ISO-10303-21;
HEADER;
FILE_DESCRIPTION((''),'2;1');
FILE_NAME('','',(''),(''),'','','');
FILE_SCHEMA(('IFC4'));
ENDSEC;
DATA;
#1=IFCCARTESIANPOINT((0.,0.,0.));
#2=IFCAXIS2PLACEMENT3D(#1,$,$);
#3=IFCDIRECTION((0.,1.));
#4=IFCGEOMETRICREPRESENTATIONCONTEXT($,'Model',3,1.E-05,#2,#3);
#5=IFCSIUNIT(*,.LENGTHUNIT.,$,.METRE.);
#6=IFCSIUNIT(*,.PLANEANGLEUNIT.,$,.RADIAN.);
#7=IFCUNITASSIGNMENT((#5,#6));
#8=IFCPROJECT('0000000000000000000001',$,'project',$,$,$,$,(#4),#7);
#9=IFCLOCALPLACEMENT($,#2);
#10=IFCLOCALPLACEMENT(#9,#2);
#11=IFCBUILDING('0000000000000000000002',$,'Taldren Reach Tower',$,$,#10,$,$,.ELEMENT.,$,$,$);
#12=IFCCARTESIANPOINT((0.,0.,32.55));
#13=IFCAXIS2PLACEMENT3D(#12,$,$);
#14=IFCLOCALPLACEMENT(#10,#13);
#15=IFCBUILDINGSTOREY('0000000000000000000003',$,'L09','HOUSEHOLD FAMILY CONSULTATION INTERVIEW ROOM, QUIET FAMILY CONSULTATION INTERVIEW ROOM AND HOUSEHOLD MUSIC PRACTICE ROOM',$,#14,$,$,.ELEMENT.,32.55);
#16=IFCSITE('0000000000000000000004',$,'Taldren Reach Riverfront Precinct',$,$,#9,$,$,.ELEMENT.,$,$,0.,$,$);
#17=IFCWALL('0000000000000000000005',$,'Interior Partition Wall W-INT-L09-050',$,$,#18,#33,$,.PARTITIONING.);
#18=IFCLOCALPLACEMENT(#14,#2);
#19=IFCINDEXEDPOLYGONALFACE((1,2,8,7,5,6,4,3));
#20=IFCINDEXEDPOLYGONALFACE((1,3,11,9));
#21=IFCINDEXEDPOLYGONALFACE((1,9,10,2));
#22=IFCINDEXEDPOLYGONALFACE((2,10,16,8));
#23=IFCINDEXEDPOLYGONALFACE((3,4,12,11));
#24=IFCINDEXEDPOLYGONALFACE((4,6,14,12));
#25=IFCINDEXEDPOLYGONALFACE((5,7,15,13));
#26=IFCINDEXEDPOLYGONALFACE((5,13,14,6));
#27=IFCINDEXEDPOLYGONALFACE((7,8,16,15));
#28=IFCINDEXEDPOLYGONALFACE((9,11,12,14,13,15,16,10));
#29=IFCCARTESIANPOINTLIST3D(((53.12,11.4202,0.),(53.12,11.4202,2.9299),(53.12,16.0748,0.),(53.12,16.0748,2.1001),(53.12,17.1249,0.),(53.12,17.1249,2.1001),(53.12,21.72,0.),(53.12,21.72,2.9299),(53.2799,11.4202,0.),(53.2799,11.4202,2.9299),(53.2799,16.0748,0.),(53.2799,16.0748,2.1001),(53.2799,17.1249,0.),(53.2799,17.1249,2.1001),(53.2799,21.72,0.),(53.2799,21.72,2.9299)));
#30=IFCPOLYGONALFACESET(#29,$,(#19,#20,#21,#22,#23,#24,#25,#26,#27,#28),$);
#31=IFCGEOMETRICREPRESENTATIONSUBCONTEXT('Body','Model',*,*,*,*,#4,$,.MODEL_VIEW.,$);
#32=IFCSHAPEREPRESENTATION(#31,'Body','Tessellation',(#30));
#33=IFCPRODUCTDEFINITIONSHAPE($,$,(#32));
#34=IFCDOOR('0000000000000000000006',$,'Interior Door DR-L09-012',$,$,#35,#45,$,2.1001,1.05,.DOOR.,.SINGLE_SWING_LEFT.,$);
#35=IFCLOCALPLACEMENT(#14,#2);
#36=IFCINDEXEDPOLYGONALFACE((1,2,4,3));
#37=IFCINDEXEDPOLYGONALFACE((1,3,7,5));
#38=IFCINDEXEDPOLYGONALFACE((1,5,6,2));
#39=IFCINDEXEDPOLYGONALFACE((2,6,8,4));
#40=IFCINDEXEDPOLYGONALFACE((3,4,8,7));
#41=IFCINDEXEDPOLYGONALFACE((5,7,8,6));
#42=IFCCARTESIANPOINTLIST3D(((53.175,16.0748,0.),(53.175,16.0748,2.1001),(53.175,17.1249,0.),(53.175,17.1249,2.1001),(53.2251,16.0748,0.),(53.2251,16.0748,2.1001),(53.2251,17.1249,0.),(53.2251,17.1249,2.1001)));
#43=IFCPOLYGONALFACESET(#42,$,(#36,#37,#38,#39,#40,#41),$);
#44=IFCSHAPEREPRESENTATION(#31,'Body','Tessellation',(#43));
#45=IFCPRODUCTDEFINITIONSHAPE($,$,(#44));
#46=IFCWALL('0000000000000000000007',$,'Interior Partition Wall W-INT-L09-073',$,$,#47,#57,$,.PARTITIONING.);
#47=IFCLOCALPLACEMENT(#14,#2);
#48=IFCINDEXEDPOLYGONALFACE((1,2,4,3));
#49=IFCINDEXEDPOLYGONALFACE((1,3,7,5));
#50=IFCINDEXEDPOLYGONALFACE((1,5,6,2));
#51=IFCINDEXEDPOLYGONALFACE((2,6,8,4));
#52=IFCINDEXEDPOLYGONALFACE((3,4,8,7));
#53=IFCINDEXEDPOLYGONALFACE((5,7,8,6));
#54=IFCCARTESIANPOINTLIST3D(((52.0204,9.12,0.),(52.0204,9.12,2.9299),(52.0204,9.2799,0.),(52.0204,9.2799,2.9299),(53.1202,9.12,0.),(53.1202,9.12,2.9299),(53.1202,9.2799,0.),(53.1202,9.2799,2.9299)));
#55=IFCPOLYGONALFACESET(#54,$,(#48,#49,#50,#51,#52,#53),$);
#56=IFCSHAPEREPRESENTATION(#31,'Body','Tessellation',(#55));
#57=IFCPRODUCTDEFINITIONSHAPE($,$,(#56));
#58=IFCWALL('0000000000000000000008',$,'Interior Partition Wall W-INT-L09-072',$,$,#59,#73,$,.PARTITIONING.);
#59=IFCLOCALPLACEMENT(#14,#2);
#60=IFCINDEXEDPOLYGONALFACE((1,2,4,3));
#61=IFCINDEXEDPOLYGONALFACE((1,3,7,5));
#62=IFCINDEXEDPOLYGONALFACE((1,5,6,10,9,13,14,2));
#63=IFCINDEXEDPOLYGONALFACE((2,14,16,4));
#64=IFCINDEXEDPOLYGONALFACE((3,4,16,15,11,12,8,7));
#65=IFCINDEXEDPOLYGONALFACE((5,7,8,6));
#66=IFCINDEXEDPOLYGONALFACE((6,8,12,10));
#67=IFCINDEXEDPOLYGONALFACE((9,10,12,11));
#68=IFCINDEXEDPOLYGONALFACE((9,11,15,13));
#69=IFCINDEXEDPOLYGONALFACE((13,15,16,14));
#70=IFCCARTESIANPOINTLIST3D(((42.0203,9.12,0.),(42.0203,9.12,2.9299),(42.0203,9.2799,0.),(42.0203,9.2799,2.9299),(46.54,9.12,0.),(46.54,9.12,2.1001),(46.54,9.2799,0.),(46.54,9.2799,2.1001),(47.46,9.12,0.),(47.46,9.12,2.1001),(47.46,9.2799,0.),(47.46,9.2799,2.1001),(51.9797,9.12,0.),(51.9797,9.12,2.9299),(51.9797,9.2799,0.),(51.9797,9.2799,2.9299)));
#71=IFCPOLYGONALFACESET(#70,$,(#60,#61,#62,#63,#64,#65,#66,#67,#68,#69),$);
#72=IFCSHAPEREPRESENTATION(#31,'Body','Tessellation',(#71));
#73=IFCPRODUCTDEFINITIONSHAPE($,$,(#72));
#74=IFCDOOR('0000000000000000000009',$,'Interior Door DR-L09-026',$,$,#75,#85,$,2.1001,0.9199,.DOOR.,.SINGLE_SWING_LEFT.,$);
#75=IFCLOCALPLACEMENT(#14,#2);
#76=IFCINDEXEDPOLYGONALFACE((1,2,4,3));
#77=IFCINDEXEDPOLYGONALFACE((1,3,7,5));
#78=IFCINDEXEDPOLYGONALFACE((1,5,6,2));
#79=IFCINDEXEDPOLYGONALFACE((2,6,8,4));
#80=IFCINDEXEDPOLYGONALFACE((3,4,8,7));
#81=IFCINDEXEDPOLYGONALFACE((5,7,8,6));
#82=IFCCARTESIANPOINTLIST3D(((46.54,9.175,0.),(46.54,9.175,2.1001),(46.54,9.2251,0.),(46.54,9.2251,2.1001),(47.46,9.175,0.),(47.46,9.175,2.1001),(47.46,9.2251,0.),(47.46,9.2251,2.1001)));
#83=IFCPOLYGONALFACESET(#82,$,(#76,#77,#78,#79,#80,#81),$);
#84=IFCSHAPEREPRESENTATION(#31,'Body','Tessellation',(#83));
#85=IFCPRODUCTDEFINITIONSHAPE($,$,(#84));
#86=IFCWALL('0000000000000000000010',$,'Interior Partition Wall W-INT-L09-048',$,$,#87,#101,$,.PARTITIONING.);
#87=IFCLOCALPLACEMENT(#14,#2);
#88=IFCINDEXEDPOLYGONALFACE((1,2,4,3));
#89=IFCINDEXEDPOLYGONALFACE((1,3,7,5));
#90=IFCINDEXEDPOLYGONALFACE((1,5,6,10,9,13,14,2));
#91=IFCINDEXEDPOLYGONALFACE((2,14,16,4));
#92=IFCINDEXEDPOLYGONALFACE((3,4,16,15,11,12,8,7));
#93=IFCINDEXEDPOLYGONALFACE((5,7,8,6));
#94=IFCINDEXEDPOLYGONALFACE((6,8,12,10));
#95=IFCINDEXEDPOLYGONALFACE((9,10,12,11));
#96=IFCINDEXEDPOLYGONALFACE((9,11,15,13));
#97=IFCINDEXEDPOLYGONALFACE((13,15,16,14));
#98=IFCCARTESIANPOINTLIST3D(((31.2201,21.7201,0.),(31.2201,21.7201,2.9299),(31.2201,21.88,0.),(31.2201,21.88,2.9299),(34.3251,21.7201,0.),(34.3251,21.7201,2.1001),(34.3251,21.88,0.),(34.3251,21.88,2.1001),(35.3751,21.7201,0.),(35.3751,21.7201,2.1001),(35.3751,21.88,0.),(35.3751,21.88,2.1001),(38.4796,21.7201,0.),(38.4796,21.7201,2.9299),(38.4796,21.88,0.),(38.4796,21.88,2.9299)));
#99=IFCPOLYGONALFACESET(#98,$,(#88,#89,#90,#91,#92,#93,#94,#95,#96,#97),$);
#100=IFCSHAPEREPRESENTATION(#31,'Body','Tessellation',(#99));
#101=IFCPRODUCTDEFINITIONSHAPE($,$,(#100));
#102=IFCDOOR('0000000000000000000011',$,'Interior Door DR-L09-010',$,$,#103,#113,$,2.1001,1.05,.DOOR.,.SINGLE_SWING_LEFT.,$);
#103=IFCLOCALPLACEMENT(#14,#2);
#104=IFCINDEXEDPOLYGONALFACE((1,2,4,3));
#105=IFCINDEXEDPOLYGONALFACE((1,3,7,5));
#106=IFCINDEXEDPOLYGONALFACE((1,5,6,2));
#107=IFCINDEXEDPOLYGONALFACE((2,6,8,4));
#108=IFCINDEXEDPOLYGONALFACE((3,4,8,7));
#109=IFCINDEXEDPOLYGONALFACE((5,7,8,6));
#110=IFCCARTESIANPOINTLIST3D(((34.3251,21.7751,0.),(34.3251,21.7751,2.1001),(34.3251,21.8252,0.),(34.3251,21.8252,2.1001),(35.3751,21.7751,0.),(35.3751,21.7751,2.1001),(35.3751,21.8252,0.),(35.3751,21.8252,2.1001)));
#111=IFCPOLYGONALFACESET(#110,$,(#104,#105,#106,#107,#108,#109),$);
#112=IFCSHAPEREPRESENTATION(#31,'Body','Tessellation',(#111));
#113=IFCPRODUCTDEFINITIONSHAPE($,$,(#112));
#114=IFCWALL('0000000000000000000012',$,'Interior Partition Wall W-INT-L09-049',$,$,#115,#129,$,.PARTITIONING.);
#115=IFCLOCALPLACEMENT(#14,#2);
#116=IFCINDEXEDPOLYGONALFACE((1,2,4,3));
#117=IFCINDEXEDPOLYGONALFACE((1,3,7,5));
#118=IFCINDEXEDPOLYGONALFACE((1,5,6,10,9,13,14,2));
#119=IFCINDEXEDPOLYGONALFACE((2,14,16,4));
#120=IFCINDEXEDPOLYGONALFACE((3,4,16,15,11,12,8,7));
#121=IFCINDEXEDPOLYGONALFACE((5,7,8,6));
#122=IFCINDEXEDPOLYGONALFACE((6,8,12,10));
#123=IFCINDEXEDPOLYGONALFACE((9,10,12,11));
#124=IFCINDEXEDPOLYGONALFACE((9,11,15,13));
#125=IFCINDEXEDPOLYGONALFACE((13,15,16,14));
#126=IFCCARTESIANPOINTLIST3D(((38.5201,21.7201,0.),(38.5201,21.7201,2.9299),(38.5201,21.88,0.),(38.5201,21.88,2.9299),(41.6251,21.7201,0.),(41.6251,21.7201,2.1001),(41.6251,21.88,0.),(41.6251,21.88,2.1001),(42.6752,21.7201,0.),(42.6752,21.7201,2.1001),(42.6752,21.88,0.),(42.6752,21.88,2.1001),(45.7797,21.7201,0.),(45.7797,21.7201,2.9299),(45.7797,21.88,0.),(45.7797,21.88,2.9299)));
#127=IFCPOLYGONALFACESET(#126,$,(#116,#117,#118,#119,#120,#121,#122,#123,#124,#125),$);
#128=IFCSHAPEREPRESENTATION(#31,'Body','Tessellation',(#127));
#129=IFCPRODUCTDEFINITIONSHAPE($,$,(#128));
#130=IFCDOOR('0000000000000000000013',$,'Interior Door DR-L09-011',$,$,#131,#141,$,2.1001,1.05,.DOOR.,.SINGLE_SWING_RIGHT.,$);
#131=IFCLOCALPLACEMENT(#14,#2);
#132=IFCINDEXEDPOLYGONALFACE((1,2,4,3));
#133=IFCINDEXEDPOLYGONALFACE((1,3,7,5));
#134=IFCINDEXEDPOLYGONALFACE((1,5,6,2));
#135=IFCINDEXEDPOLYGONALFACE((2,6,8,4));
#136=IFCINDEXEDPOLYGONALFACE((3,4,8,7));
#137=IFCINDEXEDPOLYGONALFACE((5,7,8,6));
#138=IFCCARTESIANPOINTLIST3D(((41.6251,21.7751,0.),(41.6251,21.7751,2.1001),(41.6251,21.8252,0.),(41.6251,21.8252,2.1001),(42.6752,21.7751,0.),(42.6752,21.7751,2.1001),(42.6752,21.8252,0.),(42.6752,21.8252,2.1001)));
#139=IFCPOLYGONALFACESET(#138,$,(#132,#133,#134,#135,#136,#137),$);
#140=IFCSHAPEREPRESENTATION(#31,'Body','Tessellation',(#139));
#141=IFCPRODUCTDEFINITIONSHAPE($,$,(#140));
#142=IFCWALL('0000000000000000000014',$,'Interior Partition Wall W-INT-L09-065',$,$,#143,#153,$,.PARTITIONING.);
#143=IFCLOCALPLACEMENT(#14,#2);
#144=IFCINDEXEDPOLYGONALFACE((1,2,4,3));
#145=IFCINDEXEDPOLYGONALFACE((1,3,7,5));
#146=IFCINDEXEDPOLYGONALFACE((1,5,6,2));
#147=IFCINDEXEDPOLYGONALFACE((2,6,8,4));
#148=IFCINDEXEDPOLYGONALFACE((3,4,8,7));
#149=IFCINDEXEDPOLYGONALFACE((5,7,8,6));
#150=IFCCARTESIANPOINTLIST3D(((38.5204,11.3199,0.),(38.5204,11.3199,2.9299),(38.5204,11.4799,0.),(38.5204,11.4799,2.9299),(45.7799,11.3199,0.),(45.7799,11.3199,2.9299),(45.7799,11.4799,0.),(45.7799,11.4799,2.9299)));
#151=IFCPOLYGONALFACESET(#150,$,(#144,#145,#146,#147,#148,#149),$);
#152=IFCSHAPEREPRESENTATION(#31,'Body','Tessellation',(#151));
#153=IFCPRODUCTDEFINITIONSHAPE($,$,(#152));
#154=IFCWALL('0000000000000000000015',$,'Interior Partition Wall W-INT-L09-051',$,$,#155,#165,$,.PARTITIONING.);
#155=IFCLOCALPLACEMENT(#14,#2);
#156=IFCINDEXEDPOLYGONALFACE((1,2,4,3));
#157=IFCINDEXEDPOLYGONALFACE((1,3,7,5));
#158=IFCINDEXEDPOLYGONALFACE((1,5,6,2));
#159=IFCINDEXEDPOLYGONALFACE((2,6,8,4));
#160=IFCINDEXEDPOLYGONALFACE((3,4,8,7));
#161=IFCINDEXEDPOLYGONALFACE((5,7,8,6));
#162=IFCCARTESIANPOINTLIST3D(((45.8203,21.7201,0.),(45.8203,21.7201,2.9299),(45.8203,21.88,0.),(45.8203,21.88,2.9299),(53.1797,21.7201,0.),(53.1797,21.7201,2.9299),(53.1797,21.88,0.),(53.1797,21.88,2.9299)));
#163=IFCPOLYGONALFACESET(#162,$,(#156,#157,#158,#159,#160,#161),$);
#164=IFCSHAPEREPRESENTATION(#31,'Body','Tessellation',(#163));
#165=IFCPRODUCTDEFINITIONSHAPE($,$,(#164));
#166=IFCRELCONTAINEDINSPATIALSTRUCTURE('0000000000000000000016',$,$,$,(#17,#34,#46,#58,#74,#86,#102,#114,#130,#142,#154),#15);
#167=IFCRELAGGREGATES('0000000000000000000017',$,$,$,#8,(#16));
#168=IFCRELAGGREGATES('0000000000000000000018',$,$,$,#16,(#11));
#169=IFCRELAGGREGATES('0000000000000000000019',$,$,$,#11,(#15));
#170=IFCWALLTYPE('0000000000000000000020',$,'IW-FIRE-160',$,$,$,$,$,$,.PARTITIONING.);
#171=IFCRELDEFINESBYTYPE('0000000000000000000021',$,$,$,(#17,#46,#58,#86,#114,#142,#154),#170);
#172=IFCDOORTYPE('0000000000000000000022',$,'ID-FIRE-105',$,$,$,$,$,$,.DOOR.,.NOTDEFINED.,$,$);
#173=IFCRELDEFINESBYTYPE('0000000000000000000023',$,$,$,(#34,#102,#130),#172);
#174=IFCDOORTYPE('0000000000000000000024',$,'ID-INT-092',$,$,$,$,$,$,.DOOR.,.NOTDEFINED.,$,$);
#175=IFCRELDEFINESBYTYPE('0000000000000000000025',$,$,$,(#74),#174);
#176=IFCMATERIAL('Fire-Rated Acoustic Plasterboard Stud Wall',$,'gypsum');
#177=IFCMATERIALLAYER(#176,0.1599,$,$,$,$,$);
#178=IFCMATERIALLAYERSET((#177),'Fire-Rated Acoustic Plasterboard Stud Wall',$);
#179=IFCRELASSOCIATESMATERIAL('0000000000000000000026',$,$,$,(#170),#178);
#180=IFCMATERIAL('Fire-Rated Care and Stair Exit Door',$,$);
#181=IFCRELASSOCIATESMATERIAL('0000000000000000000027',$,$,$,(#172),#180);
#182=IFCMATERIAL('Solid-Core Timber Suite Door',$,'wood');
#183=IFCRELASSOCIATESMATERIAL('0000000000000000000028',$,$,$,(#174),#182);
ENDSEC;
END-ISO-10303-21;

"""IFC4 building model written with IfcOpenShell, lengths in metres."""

from ifc_helpers import new_model, si_unit, direction, frame, frame_2d, origin, place, context, subcontext, project, spatial, rectangle, extrude, source, transform, mapped, material, layer, layer_set, type_object, element, fill, save


model = new_model("IFC4")

# Units and contexts
model_context = context("Model", 3, precision=1e-05, world=origin(), true_north=direction((0.0, 1.0)))
body_context = subcontext(model_context, "Body", "Model", "MODEL_VIEW")
ifc_project = project(units=[si_unit("LENGTHUNIT", "METRE"), si_unit("PLANEANGLEUNIT", "RADIAN")], contexts=[model_context])

# Site, building, storey
site_placement = place(None, origin())
site = spatial("IfcSite", under=ifc_project, at=site_placement, Name="Taldren Reach Riverfront Precinct", CompositionType="ELEMENT", RefElevation=0.0)
building_placement = place(site_placement, origin())
building = spatial("IfcBuilding", under=site, at=building_placement, Name="Taldren Reach Tower", CompositionType="ELEMENT")
storey_placement = place(building_placement, frame((0.0, 0.0, 32.55)))
storey = spatial("IfcBuildingStorey", under=building, at=storey_placement, Name="L09", Description="HOUSEHOLD FAMILY CONSULTATION INTERVIEW ROOM, QUIET FAMILY CONSULTATION INTERVIEW ROOM AND HOUSEHOLD MUSIC PRACTICE ROOM", CompositionType="ELEMENT", Elevation=32.55)

# Wall, opening, door
ifc_material_1 = material(Name="Fire-Rated Acoustic Plasterboard Stud Wall", Category="gypsum")
ifc_layer_1 = layer(ifc_material_1, 0.1599)
ifc_layer_set_1 = layer_set([ifc_layer_1], Name="Fire-Rated Acoustic Plasterboard Stud Wall")
wall_type_1 = type_object("IfcWallType", Name="IW-FIRE-160", PredefinedType="PARTITIONING", material=ifc_layer_set_1)
shared_shape_1 = source(origin(), body_context, "Body", "SweptSolid", [
    extrude(rectangle(XDim=10.2998, YDim=0.1599, at=frame_2d((5.1499, 0.0))), origin(), (0.0, 0.0, 1.0), 2.9299),
])
wall_1_placement = place(storey_placement, frame((53.2, 11.4202, 0.0), z_axis=(0.0, 0.0, 1.0), x_axis=(0.0, 1.0, 0.0)))
wall_1 = element("IfcWall", 1, at=wall_1_placement, inside=storey, type_object=wall_type_1, Name="Interior Partition Wall W-INT-L09-050", PredefinedType="PARTITIONING", context=body_context, shape_type="MappedRepresentation", body=[
    mapped(shared_shape_1, transform((0.0, 0.0, 0.0), scale=1.0)),
])
shared_shape_2 = source(origin(), body_context, "Body", "SweptSolid", [
    extrude(rectangle(XDim=1.05, YDim=2.1001, at=frame_2d((0.5249, 1.05))), frame((0.0, 0.0898, 0.0), z_axis=(0.0, -1.0, 0.0), x_axis=(1.0, 0.0, 0.0)), (0.0, 0.0, 1.0), 0.1799),
])
opening_1_placement = place(wall_1_placement, frame((4.6548, 0.0, 0.0)))
opening_1 = element("IfcOpeningElement", 2, at=opening_1_placement, cuts=wall_1, PredefinedType="OPENING", context=body_context, shape_type="MappedRepresentation", body=[
    mapped(shared_shape_2, transform((0.0, 0.0, 0.0), scale=1.0)),
])
ifc_material_2 = material(Name="Fire-Rated Care and Stair Exit Door")
door_type_1 = type_object("IfcDoorType", Name="ID-FIRE-105", OperationType="NOTDEFINED", PredefinedType="DOOR", material=ifc_material_2)
shared_shape_3 = source(origin(), body_context, "Body", "SweptSolid", [
    extrude(rectangle(XDim=1.05, YDim=2.1001, at=frame_2d((0.5249, 1.05))), frame((0.0, 0.0249, 0.0), z_axis=(0.0, -1.0, 0.0), x_axis=(1.0, 0.0, 0.0)), (0.0, 0.0, 1.0), 0.05),
])
door_1_placement = place(opening_1_placement, origin())
door_1 = element("IfcDoor", 3, at=door_1_placement, inside=storey, type_object=door_type_1, Name="Interior Door DR-L09-012", OperationType="SINGLE_SWING_LEFT", OverallHeight=2.1001, OverallWidth=1.05, PredefinedType="DOOR", context=body_context, shape_type="MappedRepresentation", body=[
    mapped(shared_shape_3, transform((0.0, 0.0, 0.0), scale=1.0)),
])
fill(opening_1, door_1)

# Wall
shared_shape_4 = source(origin(), body_context, "Body", "SweptSolid", [
    extrude(rectangle(XDim=1.0999, YDim=0.1599, at=frame_2d((0.5498, 0.0))), origin(), (0.0, 0.0, 1.0), 2.9299),
])
wall_2_placement = place(storey_placement, frame((53.1201, 9.2, 0.0), z_axis=(0.0, 0.0, 1.0), x_axis=(-1.0, 0.0, 0.0)))
element("IfcWall", 4, at=wall_2_placement, inside=storey, type_object=wall_type_1, Name="Interior Partition Wall W-INT-L09-073", PredefinedType="PARTITIONING", context=body_context, shape_type="MappedRepresentation", body=[
    mapped(shared_shape_4, transform((0.0, 0.0, 0.0), scale=1.0)),
])

# Walls, openings, doors
shared_shape_5 = source(origin(), body_context, "Body", "SweptSolid", [
    extrude(rectangle(XDim=9.9595, YDim=0.1599, at=frame_2d((4.9797, 0.0))), origin(), (0.0, 0.0, 1.0), 2.9299),
])
wall_3_placement = place(storey_placement, frame((51.9797, 9.2, 0.0), z_axis=(0.0, 0.0, 1.0), x_axis=(-1.0, 0.0, 0.0)))
wall_3 = element("IfcWall", 5, at=wall_3_placement, inside=storey, type_object=wall_type_1, Name="Interior Partition Wall W-INT-L09-072", PredefinedType="PARTITIONING", context=body_context, shape_type="MappedRepresentation", body=[
    mapped(shared_shape_5, transform((0.0, 0.0, 0.0), scale=1.0)),
])
shared_shape_6 = source(origin(), body_context, "Body", "SweptSolid", [
    extrude(rectangle(XDim=0.9199, YDim=2.1001, at=frame_2d((0.46, 1.05))), frame((0.0, 0.0898, 0.0), z_axis=(0.0, -1.0, 0.0), x_axis=(1.0, 0.0, 0.0)), (0.0, 0.0, 1.0), 0.1799),
])
opening_2_placement = place(wall_3_placement, frame((4.5198, 0.0, 0.0)))
opening_2 = element("IfcOpeningElement", 6, at=opening_2_placement, cuts=wall_3, PredefinedType="OPENING", context=body_context, shape_type="MappedRepresentation", body=[
    mapped(shared_shape_6, transform((0.0, 0.0, 0.0), scale=1.0)),
])
ifc_material_3 = material(Name="Solid-Core Timber Suite Door", Category="wood")
door_type_2 = type_object("IfcDoorType", Name="ID-INT-092", OperationType="NOTDEFINED", PredefinedType="DOOR", material=ifc_material_3)
shared_shape_7 = source(origin(), body_context, "Body", "SweptSolid", [
    extrude(rectangle(XDim=0.9199, YDim=2.1001, at=frame_2d((0.46, 1.05))), frame((0.0, 0.0249, 0.0), z_axis=(0.0, -1.0, 0.0), x_axis=(1.0, 0.0, 0.0)), (0.0, 0.0, 1.0), 0.05),
])
door_2_placement = place(opening_2_placement, origin())
door_2 = element("IfcDoor", 7, at=door_2_placement, inside=storey, type_object=door_type_2, Name="Interior Door DR-L09-026", OperationType="SINGLE_SWING_LEFT", OverallHeight=2.1001, OverallWidth=0.9199, PredefinedType="DOOR", context=body_context, shape_type="MappedRepresentation", body=[
    mapped(shared_shape_7, transform((0.0, 0.0, 0.0), scale=1.0)),
])
fill(opening_2, door_2)
shared_shape_8 = source(origin(), body_context, "Body", "SweptSolid", [
    extrude(rectangle(XDim=7.2595, YDim=0.1599, at=frame_2d((3.6299, 0.0))), origin(), (0.0, 0.0, 1.0), 2.9299),
])
wall_4_placement = place(storey_placement, frame((38.4797, 21.8, 0.0), z_axis=(0.0, 0.0, 1.0), x_axis=(-1.0, 0.0, 0.0)))
wall_4 = element("IfcWall", 8, at=wall_4_placement, inside=storey, type_object=wall_type_1, Name="Interior Partition Wall W-INT-L09-048", PredefinedType="PARTITIONING", context=body_context, shape_type="MappedRepresentation", body=[
    mapped(shared_shape_8, transform((0.0, 0.0, 0.0), scale=1.0)),
])
opening_3_placement = place(wall_4_placement, frame((3.1047, 0.0, 0.0)))
opening_3 = element("IfcOpeningElement", 9, at=opening_3_placement, cuts=wall_4, PredefinedType="OPENING", context=body_context, shape_type="MappedRepresentation", body=[
    mapped(shared_shape_2, transform((0.0, 0.0, 0.0), scale=1.0)),
])
door_3_placement = place(opening_3_placement, origin())
door_3 = element("IfcDoor", 10, at=door_3_placement, inside=storey, type_object=door_type_1, Name="Interior Door DR-L09-010", OperationType="SINGLE_SWING_LEFT", OverallHeight=2.1001, OverallWidth=1.05, PredefinedType="DOOR", context=body_context, shape_type="MappedRepresentation", body=[
    mapped(shared_shape_3, transform((0.0, 0.0, 0.0), scale=1.0)),
])
fill(opening_3, door_3)
wall_5_placement = place(storey_placement, frame((45.7798, 21.8, 0.0), z_axis=(0.0, 0.0, 1.0), x_axis=(-1.0, 0.0, 0.0)))
wall_5 = element("IfcWall", 11, at=wall_5_placement, inside=storey, type_object=wall_type_1, Name="Interior Partition Wall W-INT-L09-049", PredefinedType="PARTITIONING", context=body_context, shape_type="MappedRepresentation", body=[
    mapped(shared_shape_8, transform((0.0, 0.0, 0.0), scale=1.0)),
])
opening_4_placement = place(wall_5_placement, frame((3.1047, 0.0, 0.0)))
opening_4 = element("IfcOpeningElement", 12, at=opening_4_placement, cuts=wall_5, PredefinedType="OPENING", context=body_context, shape_type="MappedRepresentation", body=[
    mapped(shared_shape_2, transform((0.0, 0.0, 0.0), scale=1.0)),
])
door_4_placement = place(opening_4_placement, origin())
door_4 = element("IfcDoor", 13, at=door_4_placement, inside=storey, type_object=door_type_1, Name="Interior Door DR-L09-011", OperationType="SINGLE_SWING_RIGHT", OverallHeight=2.1001, OverallWidth=1.05, PredefinedType="DOOR", context=body_context, shape_type="MappedRepresentation", body=[
    mapped(shared_shape_3, transform((0.0, 0.0, 0.0), scale=1.0)),
])
fill(opening_4, door_4)

# Walls
wall_6_placement = place(storey_placement, frame((38.5203, 11.3999, 0.0), z_axis=(0.0, 0.0, 1.0), x_axis=(1.0, 0.0, 0.0)))
element("IfcWall", 14, at=wall_6_placement, inside=storey, type_object=wall_type_1, Name="Interior Partition Wall W-INT-L09-065", PredefinedType="PARTITIONING", context=body_context, shape_type="MappedRepresentation", body=[
    mapped(shared_shape_8, transform((0.0, 0.0, 0.0), scale=1.0)),
])
shared_shape_9 = source(origin(), body_context, "Body", "SweptSolid", [
    extrude(rectangle(XDim=7.3594, YDim=0.1599, at=frame_2d((3.6797, 0.0))), origin(), (0.0, 0.0, 1.0), 2.9299),
])
wall_7_placement = place(storey_placement, frame((53.1797, 21.8, 0.0), z_axis=(0.0, 0.0, 1.0), x_axis=(-1.0, 0.0, 0.0)))
element("IfcWall", 15, at=wall_7_placement, inside=storey, type_object=wall_type_1, Name="Interior Partition Wall W-INT-L09-051", PredefinedType="PARTITIONING", context=body_context, shape_type="MappedRepresentation", body=[
    mapped(shared_shape_9, transform((0.0, 0.0, 0.0), scale=1.0)),
])

save(model, "model.ifc")
